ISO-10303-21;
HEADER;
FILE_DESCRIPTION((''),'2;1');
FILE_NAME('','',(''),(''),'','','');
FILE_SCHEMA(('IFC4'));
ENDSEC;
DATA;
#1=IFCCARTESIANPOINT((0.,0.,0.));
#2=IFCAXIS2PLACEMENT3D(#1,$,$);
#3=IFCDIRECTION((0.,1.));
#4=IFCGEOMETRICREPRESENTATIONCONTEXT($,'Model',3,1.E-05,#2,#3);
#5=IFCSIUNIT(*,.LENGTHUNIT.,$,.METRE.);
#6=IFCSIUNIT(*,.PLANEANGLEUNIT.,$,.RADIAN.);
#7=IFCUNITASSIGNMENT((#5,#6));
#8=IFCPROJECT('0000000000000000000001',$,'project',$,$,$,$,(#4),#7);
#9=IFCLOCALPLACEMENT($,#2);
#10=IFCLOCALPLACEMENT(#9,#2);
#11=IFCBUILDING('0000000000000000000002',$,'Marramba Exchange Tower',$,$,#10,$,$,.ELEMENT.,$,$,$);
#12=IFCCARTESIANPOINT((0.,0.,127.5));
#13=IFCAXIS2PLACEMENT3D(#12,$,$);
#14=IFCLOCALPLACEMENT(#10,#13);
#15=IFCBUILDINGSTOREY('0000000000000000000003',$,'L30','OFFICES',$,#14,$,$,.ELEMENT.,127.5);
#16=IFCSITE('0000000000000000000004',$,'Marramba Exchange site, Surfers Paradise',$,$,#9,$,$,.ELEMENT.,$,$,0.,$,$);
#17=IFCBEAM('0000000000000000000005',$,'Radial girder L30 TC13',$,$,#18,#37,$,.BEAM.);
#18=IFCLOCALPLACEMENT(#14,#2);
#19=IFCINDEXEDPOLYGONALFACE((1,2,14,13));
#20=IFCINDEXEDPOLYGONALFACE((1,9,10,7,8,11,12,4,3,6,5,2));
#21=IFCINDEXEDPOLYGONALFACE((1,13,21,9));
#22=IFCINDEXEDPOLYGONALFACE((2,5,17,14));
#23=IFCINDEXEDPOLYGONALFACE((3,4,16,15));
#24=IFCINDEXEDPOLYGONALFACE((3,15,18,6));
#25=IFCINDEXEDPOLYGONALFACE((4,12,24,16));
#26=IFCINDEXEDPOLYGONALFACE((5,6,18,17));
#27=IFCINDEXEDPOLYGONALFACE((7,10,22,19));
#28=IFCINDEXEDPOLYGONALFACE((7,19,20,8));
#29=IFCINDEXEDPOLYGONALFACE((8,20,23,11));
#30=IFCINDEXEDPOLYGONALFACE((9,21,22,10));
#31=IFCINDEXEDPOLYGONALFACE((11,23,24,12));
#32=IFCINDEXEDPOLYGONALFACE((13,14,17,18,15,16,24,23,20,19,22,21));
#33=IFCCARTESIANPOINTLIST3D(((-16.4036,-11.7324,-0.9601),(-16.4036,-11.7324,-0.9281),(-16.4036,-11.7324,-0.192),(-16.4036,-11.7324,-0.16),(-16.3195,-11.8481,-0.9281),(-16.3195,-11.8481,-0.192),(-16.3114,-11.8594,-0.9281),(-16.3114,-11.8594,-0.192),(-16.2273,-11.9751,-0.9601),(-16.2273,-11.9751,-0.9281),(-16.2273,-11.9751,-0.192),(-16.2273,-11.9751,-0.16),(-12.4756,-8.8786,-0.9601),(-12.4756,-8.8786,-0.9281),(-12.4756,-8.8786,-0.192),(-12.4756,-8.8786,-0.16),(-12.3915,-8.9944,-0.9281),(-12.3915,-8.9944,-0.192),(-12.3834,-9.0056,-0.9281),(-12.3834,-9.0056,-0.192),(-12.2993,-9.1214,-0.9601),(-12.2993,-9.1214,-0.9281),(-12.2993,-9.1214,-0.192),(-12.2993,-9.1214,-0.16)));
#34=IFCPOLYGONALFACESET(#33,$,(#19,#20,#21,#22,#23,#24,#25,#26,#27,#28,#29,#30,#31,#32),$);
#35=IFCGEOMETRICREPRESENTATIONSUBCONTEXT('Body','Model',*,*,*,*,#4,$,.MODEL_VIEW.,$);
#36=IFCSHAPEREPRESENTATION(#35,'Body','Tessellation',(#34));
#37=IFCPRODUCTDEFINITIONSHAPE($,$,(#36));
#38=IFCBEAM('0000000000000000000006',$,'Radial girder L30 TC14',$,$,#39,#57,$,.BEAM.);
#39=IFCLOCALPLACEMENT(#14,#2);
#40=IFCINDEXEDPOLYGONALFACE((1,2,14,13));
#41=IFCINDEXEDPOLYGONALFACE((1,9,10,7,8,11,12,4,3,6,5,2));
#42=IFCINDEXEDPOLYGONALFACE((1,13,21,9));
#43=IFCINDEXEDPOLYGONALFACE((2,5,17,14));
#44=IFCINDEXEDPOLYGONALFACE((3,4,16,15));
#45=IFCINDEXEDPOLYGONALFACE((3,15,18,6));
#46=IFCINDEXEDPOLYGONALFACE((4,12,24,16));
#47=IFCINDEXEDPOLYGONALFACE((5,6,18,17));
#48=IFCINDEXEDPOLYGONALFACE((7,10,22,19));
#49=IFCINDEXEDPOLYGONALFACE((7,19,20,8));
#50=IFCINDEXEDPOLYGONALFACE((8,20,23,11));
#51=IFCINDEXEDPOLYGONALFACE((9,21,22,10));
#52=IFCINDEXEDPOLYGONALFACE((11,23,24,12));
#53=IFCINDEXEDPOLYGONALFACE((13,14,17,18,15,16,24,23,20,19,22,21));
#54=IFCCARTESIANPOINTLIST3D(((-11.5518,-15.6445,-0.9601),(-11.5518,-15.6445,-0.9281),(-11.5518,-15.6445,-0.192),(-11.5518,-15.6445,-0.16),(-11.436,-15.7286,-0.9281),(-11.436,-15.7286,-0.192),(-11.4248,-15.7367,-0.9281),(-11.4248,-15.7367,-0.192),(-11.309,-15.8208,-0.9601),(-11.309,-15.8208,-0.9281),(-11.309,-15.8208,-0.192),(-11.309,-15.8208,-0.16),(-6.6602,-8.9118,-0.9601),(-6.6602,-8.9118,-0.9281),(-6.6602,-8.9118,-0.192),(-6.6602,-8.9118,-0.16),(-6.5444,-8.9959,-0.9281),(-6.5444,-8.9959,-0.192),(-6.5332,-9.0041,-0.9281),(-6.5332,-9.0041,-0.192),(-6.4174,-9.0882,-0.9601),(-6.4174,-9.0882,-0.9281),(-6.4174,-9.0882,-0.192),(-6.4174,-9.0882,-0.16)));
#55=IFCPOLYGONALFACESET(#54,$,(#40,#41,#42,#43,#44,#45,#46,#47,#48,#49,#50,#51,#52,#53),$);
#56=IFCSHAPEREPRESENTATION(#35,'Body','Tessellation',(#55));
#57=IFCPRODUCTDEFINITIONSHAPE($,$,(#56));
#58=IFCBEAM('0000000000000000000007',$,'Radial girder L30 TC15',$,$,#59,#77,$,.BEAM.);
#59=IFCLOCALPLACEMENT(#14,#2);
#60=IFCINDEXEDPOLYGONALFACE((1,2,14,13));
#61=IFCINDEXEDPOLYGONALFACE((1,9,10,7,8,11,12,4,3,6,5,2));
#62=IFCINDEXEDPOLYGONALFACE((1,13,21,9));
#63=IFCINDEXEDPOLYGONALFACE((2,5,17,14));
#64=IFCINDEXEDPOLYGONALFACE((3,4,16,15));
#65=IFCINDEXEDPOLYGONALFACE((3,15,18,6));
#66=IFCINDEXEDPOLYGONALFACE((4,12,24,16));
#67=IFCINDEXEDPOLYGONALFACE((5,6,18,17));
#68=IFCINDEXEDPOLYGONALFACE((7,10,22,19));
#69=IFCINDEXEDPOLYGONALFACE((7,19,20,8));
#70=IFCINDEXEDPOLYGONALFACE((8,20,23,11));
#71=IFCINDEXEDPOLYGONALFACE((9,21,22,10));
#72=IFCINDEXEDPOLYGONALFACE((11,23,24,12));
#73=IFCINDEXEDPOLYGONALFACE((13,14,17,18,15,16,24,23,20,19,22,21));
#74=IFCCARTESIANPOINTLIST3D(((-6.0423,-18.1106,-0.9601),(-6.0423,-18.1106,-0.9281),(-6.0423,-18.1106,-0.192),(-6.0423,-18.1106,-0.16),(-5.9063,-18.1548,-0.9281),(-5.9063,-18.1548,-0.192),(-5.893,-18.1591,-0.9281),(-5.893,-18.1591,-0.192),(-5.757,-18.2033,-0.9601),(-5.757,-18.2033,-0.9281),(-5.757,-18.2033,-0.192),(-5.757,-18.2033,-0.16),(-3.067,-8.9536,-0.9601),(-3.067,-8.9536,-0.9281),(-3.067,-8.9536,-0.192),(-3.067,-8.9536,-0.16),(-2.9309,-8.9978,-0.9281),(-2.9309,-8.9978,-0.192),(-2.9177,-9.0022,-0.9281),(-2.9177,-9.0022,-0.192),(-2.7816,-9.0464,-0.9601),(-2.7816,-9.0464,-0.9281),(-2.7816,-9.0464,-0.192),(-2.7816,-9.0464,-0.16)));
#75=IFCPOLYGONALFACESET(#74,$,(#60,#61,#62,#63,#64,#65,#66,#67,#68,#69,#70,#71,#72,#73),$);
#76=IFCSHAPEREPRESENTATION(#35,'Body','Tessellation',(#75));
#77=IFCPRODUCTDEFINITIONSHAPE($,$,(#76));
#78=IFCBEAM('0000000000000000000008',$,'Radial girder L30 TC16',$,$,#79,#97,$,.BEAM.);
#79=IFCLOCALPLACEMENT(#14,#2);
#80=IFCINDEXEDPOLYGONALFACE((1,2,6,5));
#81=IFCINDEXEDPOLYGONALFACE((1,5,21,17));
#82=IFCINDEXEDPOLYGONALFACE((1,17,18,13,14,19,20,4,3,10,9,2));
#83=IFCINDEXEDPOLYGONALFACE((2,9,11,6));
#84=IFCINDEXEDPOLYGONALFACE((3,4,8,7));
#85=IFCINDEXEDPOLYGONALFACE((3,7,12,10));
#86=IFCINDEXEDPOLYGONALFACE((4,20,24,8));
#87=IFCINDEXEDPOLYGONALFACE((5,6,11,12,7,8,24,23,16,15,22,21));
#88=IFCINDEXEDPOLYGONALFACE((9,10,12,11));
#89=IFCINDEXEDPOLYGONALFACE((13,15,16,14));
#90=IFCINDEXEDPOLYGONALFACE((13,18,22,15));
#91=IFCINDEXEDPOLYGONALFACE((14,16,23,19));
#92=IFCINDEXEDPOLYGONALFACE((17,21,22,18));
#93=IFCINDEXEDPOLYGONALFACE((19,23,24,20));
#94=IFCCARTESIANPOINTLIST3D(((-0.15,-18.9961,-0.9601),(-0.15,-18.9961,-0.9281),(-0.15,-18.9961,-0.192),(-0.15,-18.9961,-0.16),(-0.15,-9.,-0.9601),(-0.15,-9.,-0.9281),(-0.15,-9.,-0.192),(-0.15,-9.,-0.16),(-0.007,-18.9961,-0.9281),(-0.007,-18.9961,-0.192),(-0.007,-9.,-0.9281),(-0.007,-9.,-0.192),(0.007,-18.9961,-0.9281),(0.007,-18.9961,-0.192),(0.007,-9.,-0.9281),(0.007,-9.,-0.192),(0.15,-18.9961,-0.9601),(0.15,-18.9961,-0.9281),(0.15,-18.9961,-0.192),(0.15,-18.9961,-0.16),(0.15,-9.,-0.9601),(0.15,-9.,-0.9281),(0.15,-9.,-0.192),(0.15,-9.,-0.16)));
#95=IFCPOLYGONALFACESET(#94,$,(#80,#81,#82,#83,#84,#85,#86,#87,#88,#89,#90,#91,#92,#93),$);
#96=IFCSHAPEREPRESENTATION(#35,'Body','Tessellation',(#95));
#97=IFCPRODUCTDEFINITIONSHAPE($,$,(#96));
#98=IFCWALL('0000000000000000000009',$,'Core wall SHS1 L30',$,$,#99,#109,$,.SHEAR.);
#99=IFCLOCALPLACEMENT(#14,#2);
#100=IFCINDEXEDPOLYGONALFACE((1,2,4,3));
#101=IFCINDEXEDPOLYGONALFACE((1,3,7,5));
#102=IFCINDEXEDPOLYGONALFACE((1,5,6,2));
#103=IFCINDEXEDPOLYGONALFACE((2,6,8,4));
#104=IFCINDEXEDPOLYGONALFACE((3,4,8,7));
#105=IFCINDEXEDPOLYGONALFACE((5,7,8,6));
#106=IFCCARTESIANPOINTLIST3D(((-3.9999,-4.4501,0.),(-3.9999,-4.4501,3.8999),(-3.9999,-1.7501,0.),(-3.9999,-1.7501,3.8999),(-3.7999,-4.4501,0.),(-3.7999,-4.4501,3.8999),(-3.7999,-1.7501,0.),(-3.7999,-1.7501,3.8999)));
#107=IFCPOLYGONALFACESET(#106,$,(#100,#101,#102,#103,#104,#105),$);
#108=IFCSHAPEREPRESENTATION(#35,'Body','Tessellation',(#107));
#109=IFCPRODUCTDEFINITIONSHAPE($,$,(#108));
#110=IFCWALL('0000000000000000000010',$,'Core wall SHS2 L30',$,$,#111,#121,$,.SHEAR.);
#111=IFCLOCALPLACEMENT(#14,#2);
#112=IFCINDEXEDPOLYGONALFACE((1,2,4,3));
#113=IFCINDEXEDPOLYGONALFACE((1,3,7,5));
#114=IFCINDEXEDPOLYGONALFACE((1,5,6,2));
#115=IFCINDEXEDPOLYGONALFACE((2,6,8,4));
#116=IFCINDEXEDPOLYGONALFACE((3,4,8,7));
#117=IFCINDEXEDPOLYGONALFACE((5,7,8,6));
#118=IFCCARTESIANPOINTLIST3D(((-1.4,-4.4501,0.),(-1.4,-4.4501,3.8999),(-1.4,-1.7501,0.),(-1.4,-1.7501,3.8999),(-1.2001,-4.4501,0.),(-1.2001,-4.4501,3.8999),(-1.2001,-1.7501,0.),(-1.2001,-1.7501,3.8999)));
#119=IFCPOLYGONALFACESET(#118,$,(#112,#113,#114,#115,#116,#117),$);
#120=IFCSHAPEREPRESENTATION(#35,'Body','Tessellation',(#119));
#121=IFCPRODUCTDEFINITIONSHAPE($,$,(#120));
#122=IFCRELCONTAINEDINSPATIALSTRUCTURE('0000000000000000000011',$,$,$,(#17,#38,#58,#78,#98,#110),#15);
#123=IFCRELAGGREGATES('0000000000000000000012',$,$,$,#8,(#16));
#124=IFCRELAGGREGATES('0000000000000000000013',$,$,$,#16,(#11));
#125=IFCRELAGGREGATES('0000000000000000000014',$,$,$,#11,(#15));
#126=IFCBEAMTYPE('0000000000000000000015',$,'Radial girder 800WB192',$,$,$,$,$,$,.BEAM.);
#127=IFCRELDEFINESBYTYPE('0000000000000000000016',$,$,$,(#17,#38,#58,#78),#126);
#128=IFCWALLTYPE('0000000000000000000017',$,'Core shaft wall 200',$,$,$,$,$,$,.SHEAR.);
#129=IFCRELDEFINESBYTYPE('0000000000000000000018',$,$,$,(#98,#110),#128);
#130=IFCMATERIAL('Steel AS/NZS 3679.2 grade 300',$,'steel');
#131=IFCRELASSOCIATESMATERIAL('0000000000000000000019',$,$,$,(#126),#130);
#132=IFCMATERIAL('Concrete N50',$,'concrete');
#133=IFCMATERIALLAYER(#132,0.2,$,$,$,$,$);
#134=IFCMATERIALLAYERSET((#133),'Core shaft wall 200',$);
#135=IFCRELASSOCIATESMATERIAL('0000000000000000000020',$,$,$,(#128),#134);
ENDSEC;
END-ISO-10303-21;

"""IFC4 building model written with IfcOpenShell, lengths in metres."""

from ifc_helpers import new_model, si_unit, direction, frame, frame_2d, origin, origin_2d, place, context, subcontext, project, spatial, rectangle, i_section, extrude, material, layer, layer_set, material_profile, profile_set, type_object, element, save


model = new_model("IFC4")

# Units and contexts
model_context = context("Model", 3, precision=1e-05, world=origin(), true_north=direction((0.0, 1.0)))
body_context = subcontext(model_context, "Body", "Model", "MODEL_VIEW")
ifc_project = project(units=[si_unit("LENGTHUNIT", "METRE"), si_unit("PLANEANGLEUNIT", "RADIAN")], contexts=[model_context])

# Site, building, storey
site_placement = place(None, origin())
site = spatial("IfcSite", under=ifc_project, at=site_placement, Name="Marramba Exchange site, Surfers Paradise", CompositionType="ELEMENT", RefElevation=0.0)
building_placement = place(site_placement, origin())
building = spatial("IfcBuilding", under=site, at=building_placement, Name="Marramba Exchange Tower", CompositionType="ELEMENT")
storey_placement = place(building_placement, frame((0.0, 0.0, 127.5)))
storey = spatial("IfcBuildingStorey", under=building, at=storey_placement, Name="L30", Description="OFFICES", CompositionType="ELEMENT", Elevation=127.5)

# Beams
ifc_material_1 = material(Name="Steel AS/NZS 3679.2 grade 300", Category="steel")
ifc_material_profile = material_profile(ifc_material_1, i_section(OverallWidth=0.3, OverallDepth=0.8, WebThickness=0.0139, FlangeThickness=0.032, at=origin_2d()), Name="800WB192")
ifc_profile_set = profile_set([ifc_material_profile], Name="Steel AS/NZS 3679.2 grade 300")
beam_type = type_object("IfcBeamType", Name="Radial girder 800WB192", PredefinedType="BEAM", material=ifc_profile_set)
beam_1_placement = place(storey_placement, frame((-12.3875, -9.0, -0.5601), z_axis=(-0.809025, -0.587774, 0.0), x_axis=(0.587774, -0.809025, 0.0)))
element("IfcBeam", 1, at=beam_1_placement, inside=storey, type_object=beam_type, Name="Radial girder L30 TC13", PredefinedType="BEAM", context=body_context, shape_type="SweptSolid", body=[
    extrude(i_section(OverallWidth=0.3, OverallDepth=0.8, WebThickness=0.0139, FlangeThickness=0.032, at=origin_2d()), origin(), (0.0, 0.0, 1.0), 4.8552),
])
beam_2_placement = place(storey_placement, frame((-6.5388, -9.0, -0.5601), z_axis=(-0.587788, -0.809015, 0.0), x_axis=(0.809015, -0.587788, 0.0)))
element("IfcBeam", 2, at=beam_2_placement, inside=storey, type_object=beam_type, Name="Radial girder L30 TC14", PredefinedType="BEAM", context=body_context, shape_type="SweptSolid", body=[
    extrude(i_section(OverallWidth=0.3, OverallDepth=0.8, WebThickness=0.0139, FlangeThickness=0.032, at=origin_2d()), origin(), (0.0, 0.0, 1.0), 8.322),
])
beam_3_placement = place(storey_placement, frame((-2.9243, -9.0, -0.5601), z_axis=(-0.309022, -0.951055, 0.0), x_axis=(0.951055, -0.309022, 0.0)))
element("IfcBeam", 3, at=beam_3_placement, inside=storey, type_object=beam_type, Name="Radial girder L30 TC15", PredefinedType="BEAM", context=body_context, shape_type="SweptSolid", body=[
    extrude(i_section(OverallWidth=0.3, OverallDepth=0.8, WebThickness=0.0139, FlangeThickness=0.032, at=origin_2d()), origin(), (0.0, 0.0, 1.0), 9.6282),
])
beam_4_placement = place(storey_placement, frame((0.0, -9.0, -0.5601), z_axis=(0.0, -1.0, 0.0), x_axis=(1.0, 0.0, 0.0)))
element("IfcBeam", 4, at=beam_4_placement, inside=storey, type_object=beam_type, Name="Radial girder L30 TC16", PredefinedType="BEAM", context=body_context, shape_type="SweptSolid", body=[
    extrude(i_section(OverallWidth=0.3, OverallDepth=0.8, WebThickness=0.0139, FlangeThickness=0.032, at=origin_2d()), origin(), (0.0, 0.0, 1.0), 9.9961),
])

# Walls
ifc_material_2 = material(Name="Concrete N50", Category="concrete")
ifc_layer_1 = layer(ifc_material_2, 0.2)
ifc_layer_set_1 = layer_set([ifc_layer_1], Name="Core shaft wall 200")
wall_type_1 = type_object("IfcWallType", Name="Core shaft wall 200", PredefinedType="SHEAR", material=ifc_layer_set_1)
for number, where, z_axis, x_axis, name in (
    (5, (-3.8999, -1.75, 0.0), (0.0, 0.0, 1.0), (0.0, -1.0, 0.0), "Core wall SHS1 L30"),
    (6, (-1.3, -1.75, 0.0), (0.0, 0.0, 1.0), (0.0, -1.0, 0.0), "Core wall SHS2 L30"),
):
    element("IfcWall", number, at=place(storey_placement, frame(where, z_axis=z_axis, x_axis=x_axis)), inside=storey, type_object=wall_type_1, Name=name, PredefinedType="SHEAR", context=body_context, shape_type="SweptSolid", body=[
        extrude(rectangle(XDim=2.7, YDim=0.2, at=frame_2d((1.3501, 0.0))), origin(), (0.0, 0.0, 1.0), 3.8999),
    ])

save(model, "model.ifc")
